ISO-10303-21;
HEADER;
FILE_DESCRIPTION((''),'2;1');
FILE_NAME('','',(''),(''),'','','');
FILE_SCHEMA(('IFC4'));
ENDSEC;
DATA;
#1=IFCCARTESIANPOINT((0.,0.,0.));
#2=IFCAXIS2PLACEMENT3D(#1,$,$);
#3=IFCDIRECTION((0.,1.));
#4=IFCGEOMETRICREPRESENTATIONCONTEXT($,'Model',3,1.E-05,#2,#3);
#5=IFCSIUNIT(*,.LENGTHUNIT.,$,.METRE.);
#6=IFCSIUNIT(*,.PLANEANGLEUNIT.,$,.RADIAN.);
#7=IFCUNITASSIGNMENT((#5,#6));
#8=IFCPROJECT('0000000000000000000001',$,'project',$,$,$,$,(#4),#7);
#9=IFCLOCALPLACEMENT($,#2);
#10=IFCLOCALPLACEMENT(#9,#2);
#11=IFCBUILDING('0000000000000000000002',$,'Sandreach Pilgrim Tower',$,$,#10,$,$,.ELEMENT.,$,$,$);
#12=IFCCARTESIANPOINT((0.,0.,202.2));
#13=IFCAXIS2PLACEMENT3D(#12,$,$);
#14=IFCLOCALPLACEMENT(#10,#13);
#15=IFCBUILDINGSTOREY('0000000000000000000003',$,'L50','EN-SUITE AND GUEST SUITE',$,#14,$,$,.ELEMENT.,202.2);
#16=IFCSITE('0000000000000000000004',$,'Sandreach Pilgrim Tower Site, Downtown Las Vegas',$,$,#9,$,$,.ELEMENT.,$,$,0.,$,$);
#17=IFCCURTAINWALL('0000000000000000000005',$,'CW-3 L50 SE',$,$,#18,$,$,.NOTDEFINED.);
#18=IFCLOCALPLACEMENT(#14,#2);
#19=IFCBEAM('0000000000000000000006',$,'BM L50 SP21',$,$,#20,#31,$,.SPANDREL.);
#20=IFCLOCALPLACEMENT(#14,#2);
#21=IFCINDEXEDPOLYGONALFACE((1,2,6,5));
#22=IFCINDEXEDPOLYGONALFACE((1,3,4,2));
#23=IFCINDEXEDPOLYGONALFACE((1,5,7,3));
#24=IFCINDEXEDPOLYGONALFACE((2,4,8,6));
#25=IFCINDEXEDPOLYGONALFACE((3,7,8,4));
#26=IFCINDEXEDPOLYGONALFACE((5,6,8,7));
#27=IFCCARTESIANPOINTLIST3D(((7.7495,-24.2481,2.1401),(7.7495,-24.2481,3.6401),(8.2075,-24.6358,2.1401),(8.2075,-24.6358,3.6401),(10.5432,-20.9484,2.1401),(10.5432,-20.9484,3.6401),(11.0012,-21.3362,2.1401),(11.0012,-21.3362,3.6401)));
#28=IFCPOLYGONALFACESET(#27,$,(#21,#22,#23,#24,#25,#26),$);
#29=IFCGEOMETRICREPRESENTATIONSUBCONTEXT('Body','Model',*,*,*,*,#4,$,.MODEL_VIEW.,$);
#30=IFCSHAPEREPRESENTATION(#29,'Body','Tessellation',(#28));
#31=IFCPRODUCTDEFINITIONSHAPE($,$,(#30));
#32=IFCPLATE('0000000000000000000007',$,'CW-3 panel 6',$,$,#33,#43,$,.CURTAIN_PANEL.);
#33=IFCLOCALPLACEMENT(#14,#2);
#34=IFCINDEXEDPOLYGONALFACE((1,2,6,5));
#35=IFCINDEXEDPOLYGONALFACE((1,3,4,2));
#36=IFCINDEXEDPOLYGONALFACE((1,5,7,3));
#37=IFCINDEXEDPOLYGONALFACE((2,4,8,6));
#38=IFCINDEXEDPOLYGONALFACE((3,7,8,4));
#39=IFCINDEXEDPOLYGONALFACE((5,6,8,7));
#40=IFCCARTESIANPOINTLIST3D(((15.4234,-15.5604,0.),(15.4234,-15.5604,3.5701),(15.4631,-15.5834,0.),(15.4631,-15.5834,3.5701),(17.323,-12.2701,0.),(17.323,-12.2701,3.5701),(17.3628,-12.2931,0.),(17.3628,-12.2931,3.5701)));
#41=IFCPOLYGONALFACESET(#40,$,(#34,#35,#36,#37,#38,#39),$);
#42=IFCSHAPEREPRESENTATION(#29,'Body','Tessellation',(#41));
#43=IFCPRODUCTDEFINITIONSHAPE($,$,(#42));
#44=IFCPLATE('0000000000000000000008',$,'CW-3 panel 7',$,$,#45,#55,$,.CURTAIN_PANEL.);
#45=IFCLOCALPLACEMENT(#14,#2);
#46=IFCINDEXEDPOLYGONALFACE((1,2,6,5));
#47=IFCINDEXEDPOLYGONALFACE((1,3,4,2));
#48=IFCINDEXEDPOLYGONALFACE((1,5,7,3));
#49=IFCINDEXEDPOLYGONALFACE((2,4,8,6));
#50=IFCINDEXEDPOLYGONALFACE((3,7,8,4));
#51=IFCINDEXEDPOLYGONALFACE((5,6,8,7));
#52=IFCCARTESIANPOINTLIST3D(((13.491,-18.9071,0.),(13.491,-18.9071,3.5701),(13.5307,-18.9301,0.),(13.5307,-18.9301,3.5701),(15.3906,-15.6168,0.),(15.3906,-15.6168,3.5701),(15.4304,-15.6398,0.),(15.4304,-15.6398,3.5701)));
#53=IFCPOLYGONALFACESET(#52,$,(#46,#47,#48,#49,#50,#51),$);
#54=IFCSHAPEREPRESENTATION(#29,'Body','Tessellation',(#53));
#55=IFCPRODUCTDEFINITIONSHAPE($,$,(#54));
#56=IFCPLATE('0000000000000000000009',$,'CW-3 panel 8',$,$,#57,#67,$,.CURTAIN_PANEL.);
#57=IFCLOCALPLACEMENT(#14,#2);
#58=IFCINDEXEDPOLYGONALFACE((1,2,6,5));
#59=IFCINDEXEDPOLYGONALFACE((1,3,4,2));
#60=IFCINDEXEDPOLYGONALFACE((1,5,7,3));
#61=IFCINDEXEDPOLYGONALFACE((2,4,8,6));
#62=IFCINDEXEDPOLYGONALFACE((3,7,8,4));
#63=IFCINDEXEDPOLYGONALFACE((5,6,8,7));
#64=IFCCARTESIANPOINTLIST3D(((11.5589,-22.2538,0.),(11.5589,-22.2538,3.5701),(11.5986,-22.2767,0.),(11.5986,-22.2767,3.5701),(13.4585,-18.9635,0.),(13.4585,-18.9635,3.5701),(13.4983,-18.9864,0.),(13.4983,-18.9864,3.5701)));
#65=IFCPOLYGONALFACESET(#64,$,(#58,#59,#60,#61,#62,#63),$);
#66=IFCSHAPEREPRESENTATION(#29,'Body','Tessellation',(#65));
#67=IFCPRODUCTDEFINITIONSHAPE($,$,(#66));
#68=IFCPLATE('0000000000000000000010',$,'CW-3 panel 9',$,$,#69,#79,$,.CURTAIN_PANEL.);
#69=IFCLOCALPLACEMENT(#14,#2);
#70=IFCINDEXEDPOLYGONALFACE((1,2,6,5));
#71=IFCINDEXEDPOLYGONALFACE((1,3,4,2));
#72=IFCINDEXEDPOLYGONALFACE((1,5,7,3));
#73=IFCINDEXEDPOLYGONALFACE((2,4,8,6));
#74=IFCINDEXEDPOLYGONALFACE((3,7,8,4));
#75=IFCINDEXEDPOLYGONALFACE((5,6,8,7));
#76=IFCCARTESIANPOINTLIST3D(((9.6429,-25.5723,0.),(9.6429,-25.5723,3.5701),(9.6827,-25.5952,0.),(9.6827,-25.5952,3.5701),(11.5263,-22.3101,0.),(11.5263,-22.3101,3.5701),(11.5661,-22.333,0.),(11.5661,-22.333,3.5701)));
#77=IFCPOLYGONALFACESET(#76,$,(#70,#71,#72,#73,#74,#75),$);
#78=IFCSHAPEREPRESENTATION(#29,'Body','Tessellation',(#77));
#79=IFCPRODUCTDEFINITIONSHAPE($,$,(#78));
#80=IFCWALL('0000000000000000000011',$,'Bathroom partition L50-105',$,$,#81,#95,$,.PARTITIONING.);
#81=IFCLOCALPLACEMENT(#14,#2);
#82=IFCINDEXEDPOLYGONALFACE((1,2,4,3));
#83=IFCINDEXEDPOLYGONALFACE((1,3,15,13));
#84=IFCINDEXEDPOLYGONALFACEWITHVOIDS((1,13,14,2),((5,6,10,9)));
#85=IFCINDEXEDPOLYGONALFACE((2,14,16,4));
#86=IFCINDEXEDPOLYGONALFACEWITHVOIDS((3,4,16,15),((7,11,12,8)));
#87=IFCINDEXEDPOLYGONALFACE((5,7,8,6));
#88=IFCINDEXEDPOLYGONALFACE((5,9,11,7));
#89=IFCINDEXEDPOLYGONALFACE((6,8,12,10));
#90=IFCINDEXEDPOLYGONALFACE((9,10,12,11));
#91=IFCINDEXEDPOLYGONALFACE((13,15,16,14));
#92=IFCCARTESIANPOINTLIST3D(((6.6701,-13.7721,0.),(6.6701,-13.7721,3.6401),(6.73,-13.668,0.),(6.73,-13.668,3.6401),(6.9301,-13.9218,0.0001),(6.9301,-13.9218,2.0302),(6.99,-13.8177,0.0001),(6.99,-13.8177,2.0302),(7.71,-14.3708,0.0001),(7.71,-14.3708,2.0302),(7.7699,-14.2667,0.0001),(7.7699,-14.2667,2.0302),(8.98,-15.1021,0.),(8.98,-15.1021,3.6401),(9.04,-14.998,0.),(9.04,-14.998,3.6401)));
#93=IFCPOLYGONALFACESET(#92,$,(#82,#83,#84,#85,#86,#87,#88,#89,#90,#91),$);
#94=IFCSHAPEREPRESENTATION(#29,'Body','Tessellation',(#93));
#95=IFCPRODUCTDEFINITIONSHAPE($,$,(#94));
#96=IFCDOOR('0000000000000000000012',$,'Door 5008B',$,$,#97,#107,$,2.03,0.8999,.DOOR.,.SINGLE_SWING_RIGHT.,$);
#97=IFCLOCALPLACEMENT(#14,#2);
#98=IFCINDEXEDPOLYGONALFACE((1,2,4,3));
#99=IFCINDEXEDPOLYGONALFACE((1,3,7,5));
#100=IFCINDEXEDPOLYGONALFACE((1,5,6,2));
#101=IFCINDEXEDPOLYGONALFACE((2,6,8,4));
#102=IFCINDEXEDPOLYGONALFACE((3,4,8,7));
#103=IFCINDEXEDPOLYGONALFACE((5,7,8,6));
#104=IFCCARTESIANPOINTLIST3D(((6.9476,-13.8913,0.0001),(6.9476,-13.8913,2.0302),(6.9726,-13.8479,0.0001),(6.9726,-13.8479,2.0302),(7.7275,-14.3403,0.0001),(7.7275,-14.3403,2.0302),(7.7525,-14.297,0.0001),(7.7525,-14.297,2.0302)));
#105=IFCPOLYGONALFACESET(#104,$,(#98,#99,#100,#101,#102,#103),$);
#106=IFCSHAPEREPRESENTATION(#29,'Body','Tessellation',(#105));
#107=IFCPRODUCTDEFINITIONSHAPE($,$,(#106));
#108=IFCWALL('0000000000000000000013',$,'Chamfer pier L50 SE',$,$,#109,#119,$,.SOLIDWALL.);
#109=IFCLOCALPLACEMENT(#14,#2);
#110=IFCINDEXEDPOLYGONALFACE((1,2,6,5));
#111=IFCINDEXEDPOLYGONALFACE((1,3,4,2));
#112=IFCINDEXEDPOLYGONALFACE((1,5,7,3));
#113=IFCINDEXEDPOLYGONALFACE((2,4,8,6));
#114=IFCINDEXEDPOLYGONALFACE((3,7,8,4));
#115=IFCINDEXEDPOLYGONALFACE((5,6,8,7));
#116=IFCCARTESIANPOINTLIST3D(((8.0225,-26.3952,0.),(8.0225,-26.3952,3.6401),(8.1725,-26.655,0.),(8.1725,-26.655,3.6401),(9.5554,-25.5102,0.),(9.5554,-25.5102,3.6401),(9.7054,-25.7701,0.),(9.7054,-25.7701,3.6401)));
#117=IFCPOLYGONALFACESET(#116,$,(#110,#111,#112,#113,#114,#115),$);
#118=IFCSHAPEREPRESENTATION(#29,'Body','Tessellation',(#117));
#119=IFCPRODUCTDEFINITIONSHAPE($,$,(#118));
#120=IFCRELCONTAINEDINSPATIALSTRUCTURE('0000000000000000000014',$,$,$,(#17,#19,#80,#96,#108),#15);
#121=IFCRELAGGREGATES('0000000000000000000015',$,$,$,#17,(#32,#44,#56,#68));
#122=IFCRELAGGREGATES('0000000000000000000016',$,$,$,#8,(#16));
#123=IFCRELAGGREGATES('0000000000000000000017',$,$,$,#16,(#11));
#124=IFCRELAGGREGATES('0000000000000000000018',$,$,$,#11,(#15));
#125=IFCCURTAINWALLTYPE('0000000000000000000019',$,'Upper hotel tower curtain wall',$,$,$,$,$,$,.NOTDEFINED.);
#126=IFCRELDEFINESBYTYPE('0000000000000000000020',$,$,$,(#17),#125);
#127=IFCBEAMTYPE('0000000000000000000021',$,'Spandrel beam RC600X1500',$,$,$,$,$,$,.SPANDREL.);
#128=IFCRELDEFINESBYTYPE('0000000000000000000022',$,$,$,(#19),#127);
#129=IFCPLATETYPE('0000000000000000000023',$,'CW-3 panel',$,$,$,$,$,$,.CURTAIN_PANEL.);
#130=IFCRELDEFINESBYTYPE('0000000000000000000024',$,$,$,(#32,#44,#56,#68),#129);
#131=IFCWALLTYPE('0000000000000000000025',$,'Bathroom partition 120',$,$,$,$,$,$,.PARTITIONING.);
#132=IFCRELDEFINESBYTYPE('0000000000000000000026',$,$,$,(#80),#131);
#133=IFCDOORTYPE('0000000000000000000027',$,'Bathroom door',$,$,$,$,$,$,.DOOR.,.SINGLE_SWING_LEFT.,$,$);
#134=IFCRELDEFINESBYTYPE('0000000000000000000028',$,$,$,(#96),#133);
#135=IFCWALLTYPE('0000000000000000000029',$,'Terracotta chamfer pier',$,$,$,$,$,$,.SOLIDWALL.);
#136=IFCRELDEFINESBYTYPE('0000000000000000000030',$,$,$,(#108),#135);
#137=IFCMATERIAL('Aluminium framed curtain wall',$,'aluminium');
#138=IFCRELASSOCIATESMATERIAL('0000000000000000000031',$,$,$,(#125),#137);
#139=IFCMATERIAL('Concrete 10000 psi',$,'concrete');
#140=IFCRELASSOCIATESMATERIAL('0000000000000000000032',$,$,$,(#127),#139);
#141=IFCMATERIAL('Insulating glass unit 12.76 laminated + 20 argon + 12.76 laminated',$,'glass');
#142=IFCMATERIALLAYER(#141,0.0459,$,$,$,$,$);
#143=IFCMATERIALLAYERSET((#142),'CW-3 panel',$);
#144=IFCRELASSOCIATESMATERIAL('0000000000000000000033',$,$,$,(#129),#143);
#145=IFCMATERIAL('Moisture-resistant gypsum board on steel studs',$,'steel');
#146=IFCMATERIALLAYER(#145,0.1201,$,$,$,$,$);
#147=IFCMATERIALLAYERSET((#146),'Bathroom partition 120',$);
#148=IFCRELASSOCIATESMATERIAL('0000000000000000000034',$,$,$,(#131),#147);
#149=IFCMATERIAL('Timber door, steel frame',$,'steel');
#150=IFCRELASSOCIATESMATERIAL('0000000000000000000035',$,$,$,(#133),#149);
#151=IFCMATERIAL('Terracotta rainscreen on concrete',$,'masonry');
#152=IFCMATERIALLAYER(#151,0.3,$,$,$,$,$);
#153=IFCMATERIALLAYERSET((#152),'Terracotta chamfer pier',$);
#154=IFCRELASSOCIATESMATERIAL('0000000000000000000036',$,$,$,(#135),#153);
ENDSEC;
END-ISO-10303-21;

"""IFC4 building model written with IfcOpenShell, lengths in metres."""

from ifc_helpers import new_model, si_unit, direction, frame, frame_2d, origin, origin_2d, place, context, subcontext, project, spatial, rectangle, extrude, material, layer, layer_set, material_profile, profile_set, type_object, element, fill, aggregate, save


model = new_model("IFC4")

# Units and contexts
model_context = context("Model", 3, precision=1e-05, world=origin(), true_north=direction((0.0, 1.0)))
body_context = subcontext(model_context, "Body", "Model", "MODEL_VIEW")
ifc_project = project(units=[si_unit("LENGTHUNIT", "METRE"), si_unit("PLANEANGLEUNIT", "RADIAN")], contexts=[model_context])

# Site, building, storey
site_placement = place(None, origin())
site = spatial("IfcSite", under=ifc_project, at=site_placement, Name="Sandreach Pilgrim Tower Site, Downtown Las Vegas", CompositionType="ELEMENT", RefElevation=0.0)
building_placement = place(site_placement, origin())
building = spatial("IfcBuilding", under=site, at=building_placement, Name="Sandreach Pilgrim Tower", CompositionType="ELEMENT")
storey_placement = place(building_placement, frame((0.0, 0.0, 202.2)))
storey = spatial("IfcBuildingStorey", under=building, at=storey_placement, Name="L50", Description="EN-SUITE AND GUEST SUITE", CompositionType="ELEMENT", Elevation=202.2)

# Curtain wall
ifc_material_1 = material(Name="Aluminium framed curtain wall", Category="aluminium")
curtain_wall_type = type_object("IfcCurtainWallType", Name="Upper hotel tower curtain wall", PredefinedType="NOTDEFINED", material=ifc_material_1)
curtain_wall_1_placement = place(storey_placement, origin())
curtain_wall_1 = element("IfcCurtainWall", 1, at=curtain_wall_1_placement, inside=storey, type_object=curtain_wall_type, Name="CW-3 L50 SE", PredefinedType="NOTDEFINED")

# Beam
ifc_material_2 = material(Name="Concrete 10000 psi", Category="concrete")
ifc_material_profile_1 = material_profile(ifc_material_2, rectangle(XDim=0.6001, YDim=1.5, at=origin_2d()), Name="RC600X1500")
ifc_profile_set_1 = profile_set([ifc_material_profile_1], Name="Concrete 10000 psi")
beam_type_1 = type_object("IfcBeamType", Name="Spandrel beam RC600X1500", PredefinedType="SPANDREL", material=ifc_profile_set_1)
beam_1_placement = place(storey_placement, frame((10.7722, -21.1423, 2.8901), z_axis=(-0.64618, -0.763185, 0.0), x_axis=(0.763185, -0.64618, 0.0)))
element("IfcBeam", 2, at=beam_1_placement, inside=storey, type_object=beam_type_1, Name="BM L50 SP21", PredefinedType="SPANDREL", context=body_context, shape_type="SweptSolid", body=[
    extrude(rectangle(XDim=0.6001, YDim=1.5, at=origin_2d()), origin(), (0.0, 0.0, 1.0), 4.3235),
])

# Plates
ifc_material_3 = material(Name="Insulating glass unit 12.76 laminated + 20 argon + 12.76 laminated", Category="glass")
ifc_layer_1 = layer(ifc_material_3, 0.0459)
ifc_layer_set_1 = layer_set([ifc_layer_1], Name="CW-3 panel")
plate_type = type_object("IfcPlateType", Name="CW-3 panel", PredefinedType="CURTAIN_PANEL", material=ifc_layer_set_1)
plate_1_placement = place(storey_placement, frame((16.3931, -13.9268, 0.0), z_axis=(0.0, 0.0, 1.0), x_axis=(-0.5, -0.866025, 0.0)))
plate_1 = element("IfcPlate", 3, at=plate_1_placement, type_object=plate_type, Name="CW-3 panel 6", PredefinedType="CURTAIN_PANEL", context=body_context, shape_type="SweptSolid", body=[
    extrude(rectangle(XDim=3.7993, YDim=0.0459, at=origin_2d()), origin(), (0.0, 0.0, 1.0), 3.5701),
])
plate_2_placement = place(storey_placement, frame((14.4607, -17.2734, 0.0), z_axis=(0.0, 0.0, 1.0), x_axis=(-0.5, -0.866025, 0.0)))
plate_2 = element("IfcPlate", 4, at=plate_2_placement, type_object=plate_type, Name="CW-3 panel 7", PredefinedType="CURTAIN_PANEL", context=body_context, shape_type="SweptSolid", body=[
    extrude(rectangle(XDim=3.7993, YDim=0.0459, at=origin_2d()), origin(), (0.0, 0.0, 1.0), 3.5701),
])
plate_3_placement = place(storey_placement, frame((12.5286, -20.6201, 0.0), z_axis=(0.0, 0.0, 1.0), x_axis=(-0.5, -0.866025, 0.0)))
plate_3 = element("IfcPlate", 5, at=plate_3_placement, type_object=plate_type, Name="CW-3 panel 8", PredefinedType="CURTAIN_PANEL", context=body_context, shape_type="SweptSolid", body=[
    extrude(rectangle(XDim=3.7993, YDim=0.0459, at=origin_2d()), origin(), (0.0, 0.0, 1.0), 3.5701),
])
plate_4_placement = place(storey_placement, frame((10.6045, -23.9526, 0.0), z_axis=(0.0, 0.0, 1.0), x_axis=(-0.5, -0.866025, 0.0)))
plate_4 = element("IfcPlate", 6, at=plate_4_placement, type_object=plate_type, Name="CW-3 panel 9", PredefinedType="CURTAIN_PANEL", context=body_context, shape_type="SweptSolid", body=[
    extrude(rectangle(XDim=3.7668, YDim=0.0459, at=origin_2d()), origin(), (0.0, 0.0, 1.0), 3.5701),
])
aggregate(curtain_wall_1, [plate_1, plate_2, plate_3, plate_4])

# Wall, opening, door
ifc_material_4 = material(Name="Moisture-resistant gypsum board on steel studs", Category="steel")
ifc_layer_2 = layer(ifc_material_4, 0.1201)
ifc_layer_set_2 = layer_set([ifc_layer_2], Name="Bathroom partition 120")
wall_type_1 = type_object("IfcWallType", Name="Bathroom partition 120", PredefinedType="PARTITIONING", material=ifc_layer_set_2)
wall_1_placement = place(storey_placement, frame((9.01, -15.05, 0.0), z_axis=(0.0, 0.0, 1.0), x_axis=(-0.866615, 0.498977, 0.0)))
wall_1 = element("IfcWall", 7, at=wall_1_placement, inside=storey, type_object=wall_type_1, Name="Bathroom partition L50-105", PredefinedType="PARTITIONING", context=body_context, shape_type="SweptSolid", body=[
    extrude(rectangle(XDim=2.6655, YDim=0.1201, at=frame_2d((1.3328, 0.0))), origin(), (0.0, 0.0, 1.0), 3.6401),
])
opening_placement = place(wall_1_placement, frame((1.4656, 0.0, 0.0)))
opening = element("IfcOpeningElement", 8, at=opening_placement, cuts=wall_1, PredefinedType="OPENING", context=body_context, shape_type="SweptSolid", body=[
    extrude(rectangle(XDim=0.8999, YDim=2.03, at=frame_2d((0.45, 1.0151))), frame((0.0, 0.0601, 0.0), z_axis=(0.0, -1.0, 0.0), x_axis=(1.0, 0.0, 0.0)), (0.0, 0.0, 1.0), 0.1201),
])
ifc_material_5 = material(Name="Timber door, steel frame", Category="steel")
door_type = type_object("IfcDoorType", Name="Bathroom door", OperationType="SINGLE_SWING_LEFT", PredefinedType="DOOR", material=ifc_material_5)
door_placement = place(opening_placement, origin())
door = element("IfcDoor", 9, at=door_placement, inside=storey, type_object=door_type, Name="Door 5008B", OperationType="SINGLE_SWING_RIGHT", OverallHeight=2.03, OverallWidth=0.8999, PredefinedType="DOOR", context=body_context, shape_type="SweptSolid", body=[
    extrude(rectangle(XDim=0.8999, YDim=2.03, at=frame_2d((0.45, 1.0151))), frame((0.0, 0.0249, 0.0), z_axis=(0.0, -1.0, 0.0), x_axis=(1.0, 0.0, 0.0)), (0.0, 0.0, 1.0), 0.05),
])
fill(opening, door)

# Wall
ifc_material_6 = material(Name="Terracotta rainscreen on concrete", Category="masonry")
ifc_layer_3 = layer(ifc_material_6, 0.3)
ifc_layer_set_3 = layer_set([ifc_layer_3], Name="Terracotta chamfer pier")
wall_type_2 = type_object("IfcWallType", Name="Terracotta chamfer pier", PredefinedType="SOLIDWALL", material=ifc_layer_set_3)
wall_2_placement = place(storey_placement, frame((9.6304, -25.6401, 0.0), z_axis=(0.0, 0.0, 1.0), x_axis=(-0.866036, -0.499981, 0.0)))
element("IfcWall", 10, at=wall_2_placement, inside=storey, type_object=wall_type_2, Name="Chamfer pier L50 SE", PredefinedType="SOLIDWALL", context=body_context, shape_type="SweptSolid", body=[
    extrude(rectangle(XDim=1.77, YDim=0.3, at=frame_2d((0.885, 0.0))), origin(), (0.0, 0.0, 1.0), 3.6401),
])

save(model, "model.ifc")
